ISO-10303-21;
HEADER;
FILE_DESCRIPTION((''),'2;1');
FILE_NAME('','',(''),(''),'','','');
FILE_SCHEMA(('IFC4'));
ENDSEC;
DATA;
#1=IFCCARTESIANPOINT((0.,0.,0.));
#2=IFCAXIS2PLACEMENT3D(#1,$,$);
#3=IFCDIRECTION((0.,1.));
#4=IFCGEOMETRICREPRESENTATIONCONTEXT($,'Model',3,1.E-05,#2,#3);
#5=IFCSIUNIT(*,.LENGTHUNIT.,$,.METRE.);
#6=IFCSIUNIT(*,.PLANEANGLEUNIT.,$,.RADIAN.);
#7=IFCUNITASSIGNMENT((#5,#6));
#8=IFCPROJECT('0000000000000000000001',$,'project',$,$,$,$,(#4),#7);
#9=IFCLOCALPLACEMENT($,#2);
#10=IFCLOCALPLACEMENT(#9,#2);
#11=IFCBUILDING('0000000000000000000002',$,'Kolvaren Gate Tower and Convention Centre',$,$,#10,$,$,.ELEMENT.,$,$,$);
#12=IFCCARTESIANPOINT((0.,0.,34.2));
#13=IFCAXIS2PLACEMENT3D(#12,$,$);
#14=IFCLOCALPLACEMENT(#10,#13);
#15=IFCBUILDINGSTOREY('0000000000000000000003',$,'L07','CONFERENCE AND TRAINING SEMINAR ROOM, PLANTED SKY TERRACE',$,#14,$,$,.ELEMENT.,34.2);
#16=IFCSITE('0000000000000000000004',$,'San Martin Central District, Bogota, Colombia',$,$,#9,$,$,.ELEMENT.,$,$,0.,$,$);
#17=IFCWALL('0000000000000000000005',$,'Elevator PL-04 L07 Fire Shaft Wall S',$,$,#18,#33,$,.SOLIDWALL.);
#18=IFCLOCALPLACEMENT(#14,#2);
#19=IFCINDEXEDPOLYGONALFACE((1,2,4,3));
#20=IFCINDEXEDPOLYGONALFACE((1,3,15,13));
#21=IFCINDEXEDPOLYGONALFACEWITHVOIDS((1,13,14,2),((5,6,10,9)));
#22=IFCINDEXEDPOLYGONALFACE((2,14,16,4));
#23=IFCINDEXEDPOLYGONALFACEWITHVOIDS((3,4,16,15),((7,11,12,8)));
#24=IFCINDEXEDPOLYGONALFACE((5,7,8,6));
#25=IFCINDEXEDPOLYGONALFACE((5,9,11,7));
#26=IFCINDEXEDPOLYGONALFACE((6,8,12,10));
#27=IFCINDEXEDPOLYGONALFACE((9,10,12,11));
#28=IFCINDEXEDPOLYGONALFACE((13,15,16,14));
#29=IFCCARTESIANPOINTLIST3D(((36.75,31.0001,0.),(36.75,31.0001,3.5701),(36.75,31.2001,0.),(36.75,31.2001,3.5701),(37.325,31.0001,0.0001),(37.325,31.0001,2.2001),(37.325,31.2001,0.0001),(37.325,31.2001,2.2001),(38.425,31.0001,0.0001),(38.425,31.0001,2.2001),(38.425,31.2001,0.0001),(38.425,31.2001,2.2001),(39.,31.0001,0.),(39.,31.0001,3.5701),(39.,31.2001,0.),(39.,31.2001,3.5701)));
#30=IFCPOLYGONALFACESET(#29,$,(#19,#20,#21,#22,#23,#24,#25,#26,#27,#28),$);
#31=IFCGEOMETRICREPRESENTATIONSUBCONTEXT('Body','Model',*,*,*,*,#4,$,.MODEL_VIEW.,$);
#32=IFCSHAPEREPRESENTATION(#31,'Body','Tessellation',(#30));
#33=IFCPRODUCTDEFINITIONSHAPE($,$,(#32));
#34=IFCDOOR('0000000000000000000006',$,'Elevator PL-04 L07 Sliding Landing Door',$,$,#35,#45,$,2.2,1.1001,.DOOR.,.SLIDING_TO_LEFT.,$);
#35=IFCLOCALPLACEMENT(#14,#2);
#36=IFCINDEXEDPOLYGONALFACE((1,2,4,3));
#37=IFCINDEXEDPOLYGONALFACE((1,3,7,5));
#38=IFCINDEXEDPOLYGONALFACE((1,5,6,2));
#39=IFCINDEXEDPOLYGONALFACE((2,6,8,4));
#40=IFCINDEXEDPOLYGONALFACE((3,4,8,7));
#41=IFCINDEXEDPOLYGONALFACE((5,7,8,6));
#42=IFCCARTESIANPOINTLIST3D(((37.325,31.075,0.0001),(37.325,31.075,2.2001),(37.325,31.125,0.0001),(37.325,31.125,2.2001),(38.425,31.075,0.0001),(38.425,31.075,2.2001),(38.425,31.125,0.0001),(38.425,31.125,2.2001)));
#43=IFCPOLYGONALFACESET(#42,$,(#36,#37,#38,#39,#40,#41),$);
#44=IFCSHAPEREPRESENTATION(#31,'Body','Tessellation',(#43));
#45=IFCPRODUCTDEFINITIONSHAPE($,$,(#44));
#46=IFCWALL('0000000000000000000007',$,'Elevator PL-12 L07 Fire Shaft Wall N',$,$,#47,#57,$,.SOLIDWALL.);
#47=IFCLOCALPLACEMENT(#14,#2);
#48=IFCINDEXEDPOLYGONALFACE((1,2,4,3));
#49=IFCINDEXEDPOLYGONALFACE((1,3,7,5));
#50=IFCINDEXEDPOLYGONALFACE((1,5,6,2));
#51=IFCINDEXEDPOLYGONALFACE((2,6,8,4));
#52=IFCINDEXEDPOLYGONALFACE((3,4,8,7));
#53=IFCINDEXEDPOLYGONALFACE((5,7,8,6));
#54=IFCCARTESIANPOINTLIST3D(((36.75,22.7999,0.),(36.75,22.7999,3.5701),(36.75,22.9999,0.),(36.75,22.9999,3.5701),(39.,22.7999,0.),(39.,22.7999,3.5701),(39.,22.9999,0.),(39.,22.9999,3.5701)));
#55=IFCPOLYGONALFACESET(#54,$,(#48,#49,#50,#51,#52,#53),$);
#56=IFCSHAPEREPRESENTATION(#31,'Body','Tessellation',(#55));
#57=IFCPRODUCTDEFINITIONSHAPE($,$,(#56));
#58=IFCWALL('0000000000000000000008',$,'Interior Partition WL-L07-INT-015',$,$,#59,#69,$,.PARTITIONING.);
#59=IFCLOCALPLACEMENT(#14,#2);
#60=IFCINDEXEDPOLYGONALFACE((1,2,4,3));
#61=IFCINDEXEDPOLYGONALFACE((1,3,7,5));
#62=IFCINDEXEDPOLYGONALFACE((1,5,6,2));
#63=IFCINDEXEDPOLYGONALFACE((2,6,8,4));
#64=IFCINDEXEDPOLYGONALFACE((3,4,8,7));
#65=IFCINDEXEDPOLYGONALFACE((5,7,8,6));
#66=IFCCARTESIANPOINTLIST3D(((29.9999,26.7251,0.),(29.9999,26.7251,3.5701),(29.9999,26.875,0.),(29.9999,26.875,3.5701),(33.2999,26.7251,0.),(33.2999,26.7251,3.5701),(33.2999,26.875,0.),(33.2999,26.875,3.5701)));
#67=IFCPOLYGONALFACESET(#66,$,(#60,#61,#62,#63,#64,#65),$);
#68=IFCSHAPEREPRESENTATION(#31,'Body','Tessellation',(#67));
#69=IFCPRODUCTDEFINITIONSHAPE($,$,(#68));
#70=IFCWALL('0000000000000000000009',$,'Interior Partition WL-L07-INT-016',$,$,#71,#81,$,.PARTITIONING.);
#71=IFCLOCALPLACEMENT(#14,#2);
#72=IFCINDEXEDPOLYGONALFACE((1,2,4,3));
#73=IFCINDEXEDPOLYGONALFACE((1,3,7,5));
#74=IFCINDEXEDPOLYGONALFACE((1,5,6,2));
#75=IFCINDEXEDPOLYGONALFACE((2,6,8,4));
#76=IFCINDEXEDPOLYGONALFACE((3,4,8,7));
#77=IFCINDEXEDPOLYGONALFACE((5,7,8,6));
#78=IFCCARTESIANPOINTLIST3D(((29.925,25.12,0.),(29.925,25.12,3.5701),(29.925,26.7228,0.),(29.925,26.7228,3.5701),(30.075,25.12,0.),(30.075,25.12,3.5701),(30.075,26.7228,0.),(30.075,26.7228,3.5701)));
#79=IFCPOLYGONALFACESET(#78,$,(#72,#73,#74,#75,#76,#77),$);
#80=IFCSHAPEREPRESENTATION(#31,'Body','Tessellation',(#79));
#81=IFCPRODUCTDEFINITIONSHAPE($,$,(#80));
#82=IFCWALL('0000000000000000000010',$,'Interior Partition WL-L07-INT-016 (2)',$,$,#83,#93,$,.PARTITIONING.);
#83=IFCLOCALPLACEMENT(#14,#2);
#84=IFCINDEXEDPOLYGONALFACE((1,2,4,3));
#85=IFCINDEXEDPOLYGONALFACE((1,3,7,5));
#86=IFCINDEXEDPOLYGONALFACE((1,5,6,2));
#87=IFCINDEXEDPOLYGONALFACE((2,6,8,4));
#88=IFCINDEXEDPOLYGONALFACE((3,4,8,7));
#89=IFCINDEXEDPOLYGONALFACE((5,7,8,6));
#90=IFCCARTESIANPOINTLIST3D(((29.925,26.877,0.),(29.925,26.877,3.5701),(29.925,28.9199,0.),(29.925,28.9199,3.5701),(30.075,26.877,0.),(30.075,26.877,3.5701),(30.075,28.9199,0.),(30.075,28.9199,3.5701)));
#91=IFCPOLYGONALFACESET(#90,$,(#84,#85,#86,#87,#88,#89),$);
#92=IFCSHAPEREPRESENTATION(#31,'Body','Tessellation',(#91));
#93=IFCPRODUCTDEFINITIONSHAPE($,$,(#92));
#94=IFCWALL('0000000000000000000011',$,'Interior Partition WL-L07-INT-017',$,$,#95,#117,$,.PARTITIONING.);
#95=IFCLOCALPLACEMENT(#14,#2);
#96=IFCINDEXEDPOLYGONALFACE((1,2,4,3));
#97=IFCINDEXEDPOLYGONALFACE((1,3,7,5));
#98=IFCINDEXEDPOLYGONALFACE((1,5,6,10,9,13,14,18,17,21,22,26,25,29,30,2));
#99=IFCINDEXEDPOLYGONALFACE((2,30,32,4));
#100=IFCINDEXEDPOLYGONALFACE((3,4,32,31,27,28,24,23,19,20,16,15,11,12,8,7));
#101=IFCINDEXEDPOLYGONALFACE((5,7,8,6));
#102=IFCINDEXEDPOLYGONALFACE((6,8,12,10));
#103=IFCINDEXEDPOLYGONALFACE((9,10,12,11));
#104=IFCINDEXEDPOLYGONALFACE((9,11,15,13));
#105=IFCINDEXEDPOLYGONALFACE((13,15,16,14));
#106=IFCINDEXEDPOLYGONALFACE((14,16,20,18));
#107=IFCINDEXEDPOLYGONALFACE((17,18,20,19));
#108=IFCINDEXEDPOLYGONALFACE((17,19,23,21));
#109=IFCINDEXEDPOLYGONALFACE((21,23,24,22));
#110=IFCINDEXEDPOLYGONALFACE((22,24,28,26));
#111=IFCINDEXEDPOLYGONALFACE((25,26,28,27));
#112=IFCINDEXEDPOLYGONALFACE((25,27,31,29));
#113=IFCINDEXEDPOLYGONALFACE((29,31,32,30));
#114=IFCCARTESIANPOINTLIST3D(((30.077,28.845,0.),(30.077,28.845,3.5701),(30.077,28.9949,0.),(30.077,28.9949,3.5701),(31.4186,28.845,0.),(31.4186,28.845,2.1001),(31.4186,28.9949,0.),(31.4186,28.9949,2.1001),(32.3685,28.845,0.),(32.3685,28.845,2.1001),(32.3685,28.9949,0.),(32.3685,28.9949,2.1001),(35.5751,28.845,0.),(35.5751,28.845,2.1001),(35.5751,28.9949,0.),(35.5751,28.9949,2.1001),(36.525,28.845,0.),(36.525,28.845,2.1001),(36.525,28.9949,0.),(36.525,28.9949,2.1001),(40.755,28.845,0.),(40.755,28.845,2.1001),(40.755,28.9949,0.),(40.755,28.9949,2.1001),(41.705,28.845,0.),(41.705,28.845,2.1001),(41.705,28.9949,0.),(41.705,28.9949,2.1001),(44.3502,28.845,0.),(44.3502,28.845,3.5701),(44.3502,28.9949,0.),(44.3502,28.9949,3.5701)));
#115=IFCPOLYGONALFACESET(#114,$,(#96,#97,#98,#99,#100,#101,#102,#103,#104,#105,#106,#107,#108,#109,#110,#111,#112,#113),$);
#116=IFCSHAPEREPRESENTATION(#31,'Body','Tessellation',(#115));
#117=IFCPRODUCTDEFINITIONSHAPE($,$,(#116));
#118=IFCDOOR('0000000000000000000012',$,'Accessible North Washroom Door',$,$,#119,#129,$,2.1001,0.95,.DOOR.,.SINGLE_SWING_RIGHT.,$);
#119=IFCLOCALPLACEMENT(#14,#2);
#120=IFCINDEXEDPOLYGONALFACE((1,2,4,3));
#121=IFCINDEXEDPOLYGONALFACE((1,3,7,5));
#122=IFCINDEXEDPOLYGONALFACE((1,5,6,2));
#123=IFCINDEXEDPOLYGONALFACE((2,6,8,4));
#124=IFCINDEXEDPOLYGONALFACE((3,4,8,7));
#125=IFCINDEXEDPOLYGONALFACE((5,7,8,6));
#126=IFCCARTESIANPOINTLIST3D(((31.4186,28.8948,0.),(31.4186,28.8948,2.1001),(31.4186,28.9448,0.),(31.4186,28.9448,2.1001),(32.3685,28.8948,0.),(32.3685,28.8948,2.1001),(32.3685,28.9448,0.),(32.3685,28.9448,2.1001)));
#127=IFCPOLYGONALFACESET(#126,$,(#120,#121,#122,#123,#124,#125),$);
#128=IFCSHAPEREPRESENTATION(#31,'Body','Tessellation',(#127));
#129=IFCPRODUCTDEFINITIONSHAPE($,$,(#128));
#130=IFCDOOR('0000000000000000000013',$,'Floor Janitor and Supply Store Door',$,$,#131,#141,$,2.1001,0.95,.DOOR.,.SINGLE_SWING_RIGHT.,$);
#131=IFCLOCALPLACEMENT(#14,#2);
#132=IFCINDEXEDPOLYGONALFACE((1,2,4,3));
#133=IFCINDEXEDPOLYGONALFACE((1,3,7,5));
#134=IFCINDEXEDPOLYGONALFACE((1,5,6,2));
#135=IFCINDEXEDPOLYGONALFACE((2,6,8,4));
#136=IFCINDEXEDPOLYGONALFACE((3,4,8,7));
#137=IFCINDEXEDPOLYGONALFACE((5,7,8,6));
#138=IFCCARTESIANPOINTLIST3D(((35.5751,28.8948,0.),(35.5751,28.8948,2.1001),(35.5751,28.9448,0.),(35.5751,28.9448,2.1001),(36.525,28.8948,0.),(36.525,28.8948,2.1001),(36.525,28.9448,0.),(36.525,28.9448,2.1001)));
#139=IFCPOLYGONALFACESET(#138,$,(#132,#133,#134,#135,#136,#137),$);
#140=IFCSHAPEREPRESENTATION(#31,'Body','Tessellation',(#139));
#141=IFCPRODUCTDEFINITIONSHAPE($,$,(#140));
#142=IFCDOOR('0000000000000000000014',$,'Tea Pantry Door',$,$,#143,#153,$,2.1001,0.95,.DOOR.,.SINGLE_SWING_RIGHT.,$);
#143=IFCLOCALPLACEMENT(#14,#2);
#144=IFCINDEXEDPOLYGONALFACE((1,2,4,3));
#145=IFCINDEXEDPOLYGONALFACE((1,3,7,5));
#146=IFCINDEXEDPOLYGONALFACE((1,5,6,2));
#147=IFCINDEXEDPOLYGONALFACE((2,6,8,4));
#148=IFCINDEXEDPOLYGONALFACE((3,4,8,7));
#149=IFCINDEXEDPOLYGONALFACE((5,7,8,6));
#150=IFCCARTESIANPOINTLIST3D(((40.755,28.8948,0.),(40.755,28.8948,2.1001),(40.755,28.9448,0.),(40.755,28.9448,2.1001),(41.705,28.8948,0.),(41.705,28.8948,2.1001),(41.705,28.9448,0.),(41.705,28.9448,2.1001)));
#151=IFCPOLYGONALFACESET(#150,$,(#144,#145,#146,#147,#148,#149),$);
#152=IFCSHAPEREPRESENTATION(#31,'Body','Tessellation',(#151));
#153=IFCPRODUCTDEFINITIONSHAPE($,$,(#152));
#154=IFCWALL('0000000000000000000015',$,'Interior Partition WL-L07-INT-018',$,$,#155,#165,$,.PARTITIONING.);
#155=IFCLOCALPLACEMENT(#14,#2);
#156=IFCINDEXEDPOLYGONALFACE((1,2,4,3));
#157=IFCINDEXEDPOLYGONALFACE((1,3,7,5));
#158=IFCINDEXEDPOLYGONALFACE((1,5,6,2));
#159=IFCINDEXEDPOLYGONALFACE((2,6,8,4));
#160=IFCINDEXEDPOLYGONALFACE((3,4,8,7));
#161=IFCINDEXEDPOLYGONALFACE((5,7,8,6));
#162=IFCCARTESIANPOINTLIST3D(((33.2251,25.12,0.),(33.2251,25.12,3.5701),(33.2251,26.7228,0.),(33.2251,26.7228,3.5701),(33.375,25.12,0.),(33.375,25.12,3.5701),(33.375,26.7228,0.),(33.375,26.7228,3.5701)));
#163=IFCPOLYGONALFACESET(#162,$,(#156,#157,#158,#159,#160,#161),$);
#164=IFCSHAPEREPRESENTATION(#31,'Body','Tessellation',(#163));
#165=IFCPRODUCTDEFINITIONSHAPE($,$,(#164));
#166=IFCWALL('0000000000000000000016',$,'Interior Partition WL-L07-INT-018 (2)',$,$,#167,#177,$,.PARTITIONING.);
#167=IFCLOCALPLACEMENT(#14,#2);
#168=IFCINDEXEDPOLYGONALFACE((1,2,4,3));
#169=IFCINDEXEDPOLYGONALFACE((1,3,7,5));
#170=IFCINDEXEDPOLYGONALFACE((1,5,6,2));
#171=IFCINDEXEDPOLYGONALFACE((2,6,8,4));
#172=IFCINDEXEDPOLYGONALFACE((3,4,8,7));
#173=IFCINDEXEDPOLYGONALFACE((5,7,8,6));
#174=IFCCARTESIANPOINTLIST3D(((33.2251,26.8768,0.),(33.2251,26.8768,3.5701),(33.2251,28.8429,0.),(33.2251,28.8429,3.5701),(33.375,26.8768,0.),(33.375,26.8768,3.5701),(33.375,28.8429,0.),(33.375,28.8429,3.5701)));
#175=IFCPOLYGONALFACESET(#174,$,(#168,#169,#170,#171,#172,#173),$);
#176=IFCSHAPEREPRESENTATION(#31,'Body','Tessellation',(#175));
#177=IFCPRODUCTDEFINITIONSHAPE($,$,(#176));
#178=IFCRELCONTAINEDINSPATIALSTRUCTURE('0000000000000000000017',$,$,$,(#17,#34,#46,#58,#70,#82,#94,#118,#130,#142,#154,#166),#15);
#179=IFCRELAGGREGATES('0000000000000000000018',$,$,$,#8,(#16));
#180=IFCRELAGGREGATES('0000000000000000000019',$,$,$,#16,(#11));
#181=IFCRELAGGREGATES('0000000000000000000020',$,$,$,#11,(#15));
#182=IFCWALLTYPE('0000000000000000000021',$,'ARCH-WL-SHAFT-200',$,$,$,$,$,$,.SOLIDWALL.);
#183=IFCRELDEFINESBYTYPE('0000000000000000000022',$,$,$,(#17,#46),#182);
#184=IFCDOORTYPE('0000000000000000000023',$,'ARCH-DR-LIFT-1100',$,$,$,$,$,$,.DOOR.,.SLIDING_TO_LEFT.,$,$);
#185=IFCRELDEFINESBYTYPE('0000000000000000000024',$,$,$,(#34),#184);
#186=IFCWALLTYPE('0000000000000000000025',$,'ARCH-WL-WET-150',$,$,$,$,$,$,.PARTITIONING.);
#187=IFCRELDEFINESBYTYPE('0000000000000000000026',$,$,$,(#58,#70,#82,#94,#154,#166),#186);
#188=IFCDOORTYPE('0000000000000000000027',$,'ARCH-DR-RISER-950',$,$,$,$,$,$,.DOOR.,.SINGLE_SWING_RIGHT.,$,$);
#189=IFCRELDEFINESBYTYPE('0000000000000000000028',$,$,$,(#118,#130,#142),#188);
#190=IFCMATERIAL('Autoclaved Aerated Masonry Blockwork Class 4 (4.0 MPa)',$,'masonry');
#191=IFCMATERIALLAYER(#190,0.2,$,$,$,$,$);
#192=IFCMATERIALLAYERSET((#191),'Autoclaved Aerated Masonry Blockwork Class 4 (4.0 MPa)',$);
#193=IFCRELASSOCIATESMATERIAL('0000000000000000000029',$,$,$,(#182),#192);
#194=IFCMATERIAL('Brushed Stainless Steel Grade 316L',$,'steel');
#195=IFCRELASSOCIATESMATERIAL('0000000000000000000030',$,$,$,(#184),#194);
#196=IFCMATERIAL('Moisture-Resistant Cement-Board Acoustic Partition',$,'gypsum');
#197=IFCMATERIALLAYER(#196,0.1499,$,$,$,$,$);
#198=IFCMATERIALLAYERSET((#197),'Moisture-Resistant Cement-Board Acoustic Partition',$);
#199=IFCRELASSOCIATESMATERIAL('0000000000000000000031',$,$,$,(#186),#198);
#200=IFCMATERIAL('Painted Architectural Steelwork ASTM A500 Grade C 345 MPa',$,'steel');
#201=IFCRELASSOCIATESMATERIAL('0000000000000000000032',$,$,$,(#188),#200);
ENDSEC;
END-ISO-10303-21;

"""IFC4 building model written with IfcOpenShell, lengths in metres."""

from ifc_helpers import new_model, si_unit, direction, frame, frame_2d, origin, place, context, subcontext, project, spatial, rectangle, extrude, material, layer, layer_set, type_object, element, fill, save


model = new_model("IFC4")

# Units and contexts
model_context = context("Model", 3, precision=1e-05, world=origin(), true_north=direction((0.0, 1.0)))
body_context = subcontext(model_context, "Body", "Model", "MODEL_VIEW")
ifc_project = project(units=[si_unit("LENGTHUNIT", "METRE"), si_unit("PLANEANGLEUNIT", "RADIAN")], contexts=[model_context])

# Site, building, storey
site_placement = place(None, origin())
site = spatial("IfcSite", under=ifc_project, at=site_placement, Name="San Martin Central District, Bogota, Colombia", CompositionType="ELEMENT", RefElevation=0.0)
building_placement = place(site_placement, origin())
building = spatial("IfcBuilding", under=site, at=building_placement, Name="Kolvaren Gate Tower and Convention Centre", CompositionType="ELEMENT")
storey_placement = place(building_placement, frame((0.0, 0.0, 34.2)))
storey = spatial("IfcBuildingStorey", under=building, at=storey_placement, Name="L07", Description="CONFERENCE AND TRAINING SEMINAR ROOM, PLANTED SKY TERRACE", CompositionType="ELEMENT", Elevation=34.2)

# Shared definitions
ifc_material_1 = material(Name="Autoclaved Aerated Masonry Blockwork Class 4 (4.0 MPa)", Category="masonry")
ifc_layer_1 = layer(ifc_material_1, 0.2)
ifc_layer_set_1 = layer_set([ifc_layer_1], Name="Autoclaved Aerated Masonry Blockwork Class 4 (4.0 MPa)")
wall_type_1 = type_object("IfcWallType", Name="ARCH-WL-SHAFT-200", PredefinedType="SOLIDWALL", material=ifc_layer_set_1)
ifc_material_2 = material(Name="Brushed Stainless Steel Grade 316L", Category="steel")
door_type_1 = type_object("IfcDoorType", Name="ARCH-DR-LIFT-1100", OperationType="SLIDING_TO_LEFT", PredefinedType="DOOR", material=ifc_material_2)

# Wall, opening, door
wall_1_placement = place(storey_placement, frame((36.75, 31.1001, 0.0), z_axis=(0.0, 0.0, 1.0), x_axis=(1.0, 0.0, 0.0)))
wall_1 = element("IfcWall", 1, at=wall_1_placement, inside=storey, type_object=wall_type_1, Name="Elevator PL-04 L07 Fire Shaft Wall S", PredefinedType="SOLIDWALL", context=body_context, shape_type="SweptSolid", body=[
    extrude(rectangle(XDim=2.25, YDim=0.2, at=frame_2d((1.125, 0.0))), origin(), (0.0, 0.0, 1.0), 3.5701),
])
opening_1_placement = place(wall_1_placement, frame((0.575, 0.0, 0.0)))
opening_1 = element("IfcOpeningElement", 2, at=opening_1_placement, cuts=wall_1, PredefinedType="OPENING", context=body_context, shape_type="SweptSolid", body=[
    extrude(rectangle(XDim=1.1001, YDim=2.2, at=frame_2d((0.55, 1.1001))), frame((0.0, 0.1099, 0.0), z_axis=(0.0, -1.0, 0.0), x_axis=(1.0, 0.0, 0.0)), (0.0, 0.0, 1.0), 0.22),
])
door_1_placement = place(opening_1_placement, origin())
door_1 = element("IfcDoor", 3, at=door_1_placement, inside=storey, type_object=door_type_1, Name="Elevator PL-04 L07 Sliding Landing Door", OperationType="SLIDING_TO_LEFT", OverallHeight=2.2, OverallWidth=1.1001, PredefinedType="DOOR", context=body_context, shape_type="SweptSolid", body=[
    extrude(rectangle(XDim=1.1001, YDim=2.2, at=frame_2d((0.55, 1.1001))), frame((0.0, 0.0249, 0.0), z_axis=(0.0, -1.0, 0.0), x_axis=(1.0, 0.0, 0.0)), (0.0, 0.0, 1.0), 0.05),
])
fill(opening_1, door_1)

# Walls
wall_2_placement = place(storey_placement, frame((36.75, 22.8999, 0.0), z_axis=(0.0, 0.0, 1.0), x_axis=(1.0, 0.0, 0.0)))
element("IfcWall", 4, at=wall_2_placement, inside=storey, type_object=wall_type_1, Name="Elevator PL-12 L07 Fire Shaft Wall N", PredefinedType="SOLIDWALL", context=body_context, shape_type="SweptSolid", body=[
    extrude(rectangle(XDim=2.25, YDim=0.2, at=frame_2d((1.125, 0.0))), origin(), (0.0, 0.0, 1.0), 3.5701),
])
ifc_material_3 = material(Name="Moisture-Resistant Cement-Board Acoustic Partition", Category="gypsum")
ifc_layer_2 = layer(ifc_material_3, 0.1499)
ifc_layer_set_2 = layer_set([ifc_layer_2], Name="Moisture-Resistant Cement-Board Acoustic Partition")
wall_type_2 = type_object("IfcWallType", Name="ARCH-WL-WET-150", PredefinedType="PARTITIONING", material=ifc_layer_set_2)
wall_3_placement = place(storey_placement, frame((30.0, 26.8, 0.0), z_axis=(0.0, 0.0, 1.0), x_axis=(1.0, 0.0, 0.0)))
element("IfcWall", 5, at=wall_3_placement, inside=storey, type_object=wall_type_2, Name="Interior Partition WL-L07-INT-015", PredefinedType="PARTITIONING", context=body_context, shape_type="SweptSolid", body=[
    extrude(rectangle(XDim=3.3, YDim=0.1499, at=frame_2d((1.6499, 0.0))), origin(), (0.0, 0.0, 1.0), 3.5701),
])
wall_4_placement = place(storey_placement, frame((30.0, 25.1201, 0.0), z_axis=(0.0, 0.0, 1.0), x_axis=(0.0, 1.0, 0.0)))
element("IfcWall", 6, at=wall_4_placement, inside=storey, type_object=wall_type_2, Name="Interior Partition WL-L07-INT-016", PredefinedType="PARTITIONING", context=body_context, shape_type="SweptSolid", body=[
    extrude(rectangle(XDim=1.6028, YDim=0.1499, at=frame_2d((0.8013, 0.0))), origin(), (0.0, 0.0, 1.0), 3.5701),
])
wall_5_placement = place(storey_placement, frame((30.0, 26.877, 0.0), z_axis=(0.0, 0.0, 1.0), x_axis=(0.0, 1.0, 0.0)))
element("IfcWall", 7, at=wall_5_placement, inside=storey, type_object=wall_type_2, Name="Interior Partition WL-L07-INT-016 (2)", PredefinedType="PARTITIONING", context=body_context, shape_type="SweptSolid", body=[
    extrude(rectangle(XDim=2.043, YDim=0.1499, at=frame_2d((1.0215, 0.0))), origin(), (0.0, 0.0, 1.0), 3.5701),
])

# Wall, openings, doors
wall_6_placement = place(storey_placement, frame((30.0769, 28.9199, 0.0), z_axis=(0.0, 0.0, 1.0), x_axis=(1.0, 0.0, 0.0)))
wall_6 = element("IfcWall", 8, at=wall_6_placement, inside=storey, type_object=wall_type_2, Name="Interior Partition WL-L07-INT-017", PredefinedType="PARTITIONING", context=body_context, shape_type="SweptSolid", body=[
    extrude(rectangle(XDim=14.2732, YDim=0.1499, at=frame_2d((7.1367, 0.0))), origin(), (0.0, 0.0, 1.0), 3.5701),
])
opening_2_placement = place(wall_6_placement, frame((1.3416, 0.0, 0.0)))
opening_2 = element("IfcOpeningElement", 9, at=opening_2_placement, cuts=wall_6, PredefinedType="OPENING", context=body_context, shape_type="SweptSolid", body=[
    extrude(rectangle(XDim=0.95, YDim=2.1001, at=frame_2d((0.4751, 1.05))), frame((0.0, 0.085, 0.0), z_axis=(0.0, -1.0, 0.0), x_axis=(1.0, 0.0, 0.0)), (0.0, 0.0, 1.0), 0.1699),
])
opening_3_placement = place(wall_6_placement, frame((5.498, 0.0, 0.0)))
opening_3 = element("IfcOpeningElement", 10, at=opening_3_placement, cuts=wall_6, PredefinedType="OPENING", context=body_context, shape_type="SweptSolid", body=[
    extrude(rectangle(XDim=0.95, YDim=2.1001, at=frame_2d((0.4751, 1.05))), frame((0.0, 0.085, 0.0), z_axis=(0.0, -1.0, 0.0), x_axis=(1.0, 0.0, 0.0)), (0.0, 0.0, 1.0), 0.1699),
])
opening_4_placement = place(wall_6_placement, frame((10.678, 0.0, 0.0)))
opening_4 = element("IfcOpeningElement", 11, at=opening_4_placement, cuts=wall_6, PredefinedType="OPENING", context=body_context, shape_type="SweptSolid", body=[
    extrude(rectangle(XDim=0.95, YDim=2.1001, at=frame_2d((0.4751, 1.05))), frame((0.0, 0.085, 0.0), z_axis=(0.0, -1.0, 0.0), x_axis=(1.0, 0.0, 0.0)), (0.0, 0.0, 1.0), 0.1699),
])
ifc_material_4 = material(Name="Painted Architectural Steelwork ASTM A500 Grade C 345 MPa", Category="steel")
door_type_2 = type_object("IfcDoorType", Name="ARCH-DR-RISER-950", OperationType="SINGLE_SWING_RIGHT", PredefinedType="DOOR", material=ifc_material_4)
door_2_placement = place(opening_2_placement, origin())
door_2 = element("IfcDoor", 12, at=door_2_placement, inside=storey, type_object=door_type_2, Name="Accessible North Washroom Door", OperationType="SINGLE_SWING_RIGHT", OverallHeight=2.1001, OverallWidth=0.95, PredefinedType="DOOR", context=body_context, shape_type="SweptSolid", body=[
    extrude(rectangle(XDim=0.95, YDim=2.1001, at=frame_2d((0.4751, 1.05))), frame((0.0, 0.0249, 0.0), z_axis=(0.0, -1.0, 0.0), x_axis=(1.0, 0.0, 0.0)), (0.0, 0.0, 1.0), 0.05),
])
fill(opening_2, door_2)
door_3_placement = place(opening_3_placement, origin())
door_3 = element("IfcDoor", 13, at=door_3_placement, inside=storey, type_object=door_type_2, Name="Floor Janitor and Supply Store Door", OperationType="SINGLE_SWING_RIGHT", OverallHeight=2.1001, OverallWidth=0.95, PredefinedType="DOOR", context=body_context, shape_type="SweptSolid", body=[
    extrude(rectangle(XDim=0.95, YDim=2.1001, at=frame_2d((0.4751, 1.05))), frame((0.0, 0.0249, 0.0), z_axis=(0.0, -1.0, 0.0), x_axis=(1.0, 0.0, 0.0)), (0.0, 0.0, 1.0), 0.05),
])
fill(opening_3, door_3)
door_4_placement = place(opening_4_placement, origin())
door_4 = element("IfcDoor", 14, at=door_4_placement, inside=storey, type_object=door_type_2, Name="Tea Pantry Door", OperationType="SINGLE_SWING_RIGHT", OverallHeight=2.1001, OverallWidth=0.95, PredefinedType="DOOR", context=body_context, shape_type="SweptSolid", body=[
    extrude(rectangle(XDim=0.95, YDim=2.1001, at=frame_2d((0.4751, 1.05))), frame((0.0, 0.0249, 0.0), z_axis=(0.0, -1.0, 0.0), x_axis=(1.0, 0.0, 0.0)), (0.0, 0.0, 1.0), 0.05),
])
fill(opening_4, door_4)

# Walls
wall_7_placement = place(storey_placement, frame((33.3, 25.1201, 0.0), z_axis=(0.0, 0.0, 1.0), x_axis=(0.0, 1.0, 0.0)))
element("IfcWall", 15, at=wall_7_placement, inside=storey, type_object=wall_type_2, Name="Interior Partition WL-L07-INT-018", PredefinedType="PARTITIONING", context=body_context, shape_type="SweptSolid", body=[
    extrude(rectangle(XDim=1.6028, YDim=0.1499, at=frame_2d((0.8013, 0.0))), origin(), (0.0, 0.0, 1.0), 3.5701),
])
wall_8_placement = place(storey_placement, frame((33.3, 26.877, 0.0), z_axis=(0.0, 0.0, 1.0), x_axis=(0.0, 1.0, 0.0)))
element("IfcWall", 16, at=wall_8_placement, inside=storey, type_object=wall_type_2, Name="Interior Partition WL-L07-INT-018 (2)", PredefinedType="PARTITIONING", context=body_context, shape_type="SweptSolid", body=[
    extrude(rectangle(XDim=1.9661, YDim=0.1499, at=frame_2d((0.9829, 0.0))), origin(), (0.0, 0.0, 1.0), 3.5701),
])

save(model, "model.ifc")
